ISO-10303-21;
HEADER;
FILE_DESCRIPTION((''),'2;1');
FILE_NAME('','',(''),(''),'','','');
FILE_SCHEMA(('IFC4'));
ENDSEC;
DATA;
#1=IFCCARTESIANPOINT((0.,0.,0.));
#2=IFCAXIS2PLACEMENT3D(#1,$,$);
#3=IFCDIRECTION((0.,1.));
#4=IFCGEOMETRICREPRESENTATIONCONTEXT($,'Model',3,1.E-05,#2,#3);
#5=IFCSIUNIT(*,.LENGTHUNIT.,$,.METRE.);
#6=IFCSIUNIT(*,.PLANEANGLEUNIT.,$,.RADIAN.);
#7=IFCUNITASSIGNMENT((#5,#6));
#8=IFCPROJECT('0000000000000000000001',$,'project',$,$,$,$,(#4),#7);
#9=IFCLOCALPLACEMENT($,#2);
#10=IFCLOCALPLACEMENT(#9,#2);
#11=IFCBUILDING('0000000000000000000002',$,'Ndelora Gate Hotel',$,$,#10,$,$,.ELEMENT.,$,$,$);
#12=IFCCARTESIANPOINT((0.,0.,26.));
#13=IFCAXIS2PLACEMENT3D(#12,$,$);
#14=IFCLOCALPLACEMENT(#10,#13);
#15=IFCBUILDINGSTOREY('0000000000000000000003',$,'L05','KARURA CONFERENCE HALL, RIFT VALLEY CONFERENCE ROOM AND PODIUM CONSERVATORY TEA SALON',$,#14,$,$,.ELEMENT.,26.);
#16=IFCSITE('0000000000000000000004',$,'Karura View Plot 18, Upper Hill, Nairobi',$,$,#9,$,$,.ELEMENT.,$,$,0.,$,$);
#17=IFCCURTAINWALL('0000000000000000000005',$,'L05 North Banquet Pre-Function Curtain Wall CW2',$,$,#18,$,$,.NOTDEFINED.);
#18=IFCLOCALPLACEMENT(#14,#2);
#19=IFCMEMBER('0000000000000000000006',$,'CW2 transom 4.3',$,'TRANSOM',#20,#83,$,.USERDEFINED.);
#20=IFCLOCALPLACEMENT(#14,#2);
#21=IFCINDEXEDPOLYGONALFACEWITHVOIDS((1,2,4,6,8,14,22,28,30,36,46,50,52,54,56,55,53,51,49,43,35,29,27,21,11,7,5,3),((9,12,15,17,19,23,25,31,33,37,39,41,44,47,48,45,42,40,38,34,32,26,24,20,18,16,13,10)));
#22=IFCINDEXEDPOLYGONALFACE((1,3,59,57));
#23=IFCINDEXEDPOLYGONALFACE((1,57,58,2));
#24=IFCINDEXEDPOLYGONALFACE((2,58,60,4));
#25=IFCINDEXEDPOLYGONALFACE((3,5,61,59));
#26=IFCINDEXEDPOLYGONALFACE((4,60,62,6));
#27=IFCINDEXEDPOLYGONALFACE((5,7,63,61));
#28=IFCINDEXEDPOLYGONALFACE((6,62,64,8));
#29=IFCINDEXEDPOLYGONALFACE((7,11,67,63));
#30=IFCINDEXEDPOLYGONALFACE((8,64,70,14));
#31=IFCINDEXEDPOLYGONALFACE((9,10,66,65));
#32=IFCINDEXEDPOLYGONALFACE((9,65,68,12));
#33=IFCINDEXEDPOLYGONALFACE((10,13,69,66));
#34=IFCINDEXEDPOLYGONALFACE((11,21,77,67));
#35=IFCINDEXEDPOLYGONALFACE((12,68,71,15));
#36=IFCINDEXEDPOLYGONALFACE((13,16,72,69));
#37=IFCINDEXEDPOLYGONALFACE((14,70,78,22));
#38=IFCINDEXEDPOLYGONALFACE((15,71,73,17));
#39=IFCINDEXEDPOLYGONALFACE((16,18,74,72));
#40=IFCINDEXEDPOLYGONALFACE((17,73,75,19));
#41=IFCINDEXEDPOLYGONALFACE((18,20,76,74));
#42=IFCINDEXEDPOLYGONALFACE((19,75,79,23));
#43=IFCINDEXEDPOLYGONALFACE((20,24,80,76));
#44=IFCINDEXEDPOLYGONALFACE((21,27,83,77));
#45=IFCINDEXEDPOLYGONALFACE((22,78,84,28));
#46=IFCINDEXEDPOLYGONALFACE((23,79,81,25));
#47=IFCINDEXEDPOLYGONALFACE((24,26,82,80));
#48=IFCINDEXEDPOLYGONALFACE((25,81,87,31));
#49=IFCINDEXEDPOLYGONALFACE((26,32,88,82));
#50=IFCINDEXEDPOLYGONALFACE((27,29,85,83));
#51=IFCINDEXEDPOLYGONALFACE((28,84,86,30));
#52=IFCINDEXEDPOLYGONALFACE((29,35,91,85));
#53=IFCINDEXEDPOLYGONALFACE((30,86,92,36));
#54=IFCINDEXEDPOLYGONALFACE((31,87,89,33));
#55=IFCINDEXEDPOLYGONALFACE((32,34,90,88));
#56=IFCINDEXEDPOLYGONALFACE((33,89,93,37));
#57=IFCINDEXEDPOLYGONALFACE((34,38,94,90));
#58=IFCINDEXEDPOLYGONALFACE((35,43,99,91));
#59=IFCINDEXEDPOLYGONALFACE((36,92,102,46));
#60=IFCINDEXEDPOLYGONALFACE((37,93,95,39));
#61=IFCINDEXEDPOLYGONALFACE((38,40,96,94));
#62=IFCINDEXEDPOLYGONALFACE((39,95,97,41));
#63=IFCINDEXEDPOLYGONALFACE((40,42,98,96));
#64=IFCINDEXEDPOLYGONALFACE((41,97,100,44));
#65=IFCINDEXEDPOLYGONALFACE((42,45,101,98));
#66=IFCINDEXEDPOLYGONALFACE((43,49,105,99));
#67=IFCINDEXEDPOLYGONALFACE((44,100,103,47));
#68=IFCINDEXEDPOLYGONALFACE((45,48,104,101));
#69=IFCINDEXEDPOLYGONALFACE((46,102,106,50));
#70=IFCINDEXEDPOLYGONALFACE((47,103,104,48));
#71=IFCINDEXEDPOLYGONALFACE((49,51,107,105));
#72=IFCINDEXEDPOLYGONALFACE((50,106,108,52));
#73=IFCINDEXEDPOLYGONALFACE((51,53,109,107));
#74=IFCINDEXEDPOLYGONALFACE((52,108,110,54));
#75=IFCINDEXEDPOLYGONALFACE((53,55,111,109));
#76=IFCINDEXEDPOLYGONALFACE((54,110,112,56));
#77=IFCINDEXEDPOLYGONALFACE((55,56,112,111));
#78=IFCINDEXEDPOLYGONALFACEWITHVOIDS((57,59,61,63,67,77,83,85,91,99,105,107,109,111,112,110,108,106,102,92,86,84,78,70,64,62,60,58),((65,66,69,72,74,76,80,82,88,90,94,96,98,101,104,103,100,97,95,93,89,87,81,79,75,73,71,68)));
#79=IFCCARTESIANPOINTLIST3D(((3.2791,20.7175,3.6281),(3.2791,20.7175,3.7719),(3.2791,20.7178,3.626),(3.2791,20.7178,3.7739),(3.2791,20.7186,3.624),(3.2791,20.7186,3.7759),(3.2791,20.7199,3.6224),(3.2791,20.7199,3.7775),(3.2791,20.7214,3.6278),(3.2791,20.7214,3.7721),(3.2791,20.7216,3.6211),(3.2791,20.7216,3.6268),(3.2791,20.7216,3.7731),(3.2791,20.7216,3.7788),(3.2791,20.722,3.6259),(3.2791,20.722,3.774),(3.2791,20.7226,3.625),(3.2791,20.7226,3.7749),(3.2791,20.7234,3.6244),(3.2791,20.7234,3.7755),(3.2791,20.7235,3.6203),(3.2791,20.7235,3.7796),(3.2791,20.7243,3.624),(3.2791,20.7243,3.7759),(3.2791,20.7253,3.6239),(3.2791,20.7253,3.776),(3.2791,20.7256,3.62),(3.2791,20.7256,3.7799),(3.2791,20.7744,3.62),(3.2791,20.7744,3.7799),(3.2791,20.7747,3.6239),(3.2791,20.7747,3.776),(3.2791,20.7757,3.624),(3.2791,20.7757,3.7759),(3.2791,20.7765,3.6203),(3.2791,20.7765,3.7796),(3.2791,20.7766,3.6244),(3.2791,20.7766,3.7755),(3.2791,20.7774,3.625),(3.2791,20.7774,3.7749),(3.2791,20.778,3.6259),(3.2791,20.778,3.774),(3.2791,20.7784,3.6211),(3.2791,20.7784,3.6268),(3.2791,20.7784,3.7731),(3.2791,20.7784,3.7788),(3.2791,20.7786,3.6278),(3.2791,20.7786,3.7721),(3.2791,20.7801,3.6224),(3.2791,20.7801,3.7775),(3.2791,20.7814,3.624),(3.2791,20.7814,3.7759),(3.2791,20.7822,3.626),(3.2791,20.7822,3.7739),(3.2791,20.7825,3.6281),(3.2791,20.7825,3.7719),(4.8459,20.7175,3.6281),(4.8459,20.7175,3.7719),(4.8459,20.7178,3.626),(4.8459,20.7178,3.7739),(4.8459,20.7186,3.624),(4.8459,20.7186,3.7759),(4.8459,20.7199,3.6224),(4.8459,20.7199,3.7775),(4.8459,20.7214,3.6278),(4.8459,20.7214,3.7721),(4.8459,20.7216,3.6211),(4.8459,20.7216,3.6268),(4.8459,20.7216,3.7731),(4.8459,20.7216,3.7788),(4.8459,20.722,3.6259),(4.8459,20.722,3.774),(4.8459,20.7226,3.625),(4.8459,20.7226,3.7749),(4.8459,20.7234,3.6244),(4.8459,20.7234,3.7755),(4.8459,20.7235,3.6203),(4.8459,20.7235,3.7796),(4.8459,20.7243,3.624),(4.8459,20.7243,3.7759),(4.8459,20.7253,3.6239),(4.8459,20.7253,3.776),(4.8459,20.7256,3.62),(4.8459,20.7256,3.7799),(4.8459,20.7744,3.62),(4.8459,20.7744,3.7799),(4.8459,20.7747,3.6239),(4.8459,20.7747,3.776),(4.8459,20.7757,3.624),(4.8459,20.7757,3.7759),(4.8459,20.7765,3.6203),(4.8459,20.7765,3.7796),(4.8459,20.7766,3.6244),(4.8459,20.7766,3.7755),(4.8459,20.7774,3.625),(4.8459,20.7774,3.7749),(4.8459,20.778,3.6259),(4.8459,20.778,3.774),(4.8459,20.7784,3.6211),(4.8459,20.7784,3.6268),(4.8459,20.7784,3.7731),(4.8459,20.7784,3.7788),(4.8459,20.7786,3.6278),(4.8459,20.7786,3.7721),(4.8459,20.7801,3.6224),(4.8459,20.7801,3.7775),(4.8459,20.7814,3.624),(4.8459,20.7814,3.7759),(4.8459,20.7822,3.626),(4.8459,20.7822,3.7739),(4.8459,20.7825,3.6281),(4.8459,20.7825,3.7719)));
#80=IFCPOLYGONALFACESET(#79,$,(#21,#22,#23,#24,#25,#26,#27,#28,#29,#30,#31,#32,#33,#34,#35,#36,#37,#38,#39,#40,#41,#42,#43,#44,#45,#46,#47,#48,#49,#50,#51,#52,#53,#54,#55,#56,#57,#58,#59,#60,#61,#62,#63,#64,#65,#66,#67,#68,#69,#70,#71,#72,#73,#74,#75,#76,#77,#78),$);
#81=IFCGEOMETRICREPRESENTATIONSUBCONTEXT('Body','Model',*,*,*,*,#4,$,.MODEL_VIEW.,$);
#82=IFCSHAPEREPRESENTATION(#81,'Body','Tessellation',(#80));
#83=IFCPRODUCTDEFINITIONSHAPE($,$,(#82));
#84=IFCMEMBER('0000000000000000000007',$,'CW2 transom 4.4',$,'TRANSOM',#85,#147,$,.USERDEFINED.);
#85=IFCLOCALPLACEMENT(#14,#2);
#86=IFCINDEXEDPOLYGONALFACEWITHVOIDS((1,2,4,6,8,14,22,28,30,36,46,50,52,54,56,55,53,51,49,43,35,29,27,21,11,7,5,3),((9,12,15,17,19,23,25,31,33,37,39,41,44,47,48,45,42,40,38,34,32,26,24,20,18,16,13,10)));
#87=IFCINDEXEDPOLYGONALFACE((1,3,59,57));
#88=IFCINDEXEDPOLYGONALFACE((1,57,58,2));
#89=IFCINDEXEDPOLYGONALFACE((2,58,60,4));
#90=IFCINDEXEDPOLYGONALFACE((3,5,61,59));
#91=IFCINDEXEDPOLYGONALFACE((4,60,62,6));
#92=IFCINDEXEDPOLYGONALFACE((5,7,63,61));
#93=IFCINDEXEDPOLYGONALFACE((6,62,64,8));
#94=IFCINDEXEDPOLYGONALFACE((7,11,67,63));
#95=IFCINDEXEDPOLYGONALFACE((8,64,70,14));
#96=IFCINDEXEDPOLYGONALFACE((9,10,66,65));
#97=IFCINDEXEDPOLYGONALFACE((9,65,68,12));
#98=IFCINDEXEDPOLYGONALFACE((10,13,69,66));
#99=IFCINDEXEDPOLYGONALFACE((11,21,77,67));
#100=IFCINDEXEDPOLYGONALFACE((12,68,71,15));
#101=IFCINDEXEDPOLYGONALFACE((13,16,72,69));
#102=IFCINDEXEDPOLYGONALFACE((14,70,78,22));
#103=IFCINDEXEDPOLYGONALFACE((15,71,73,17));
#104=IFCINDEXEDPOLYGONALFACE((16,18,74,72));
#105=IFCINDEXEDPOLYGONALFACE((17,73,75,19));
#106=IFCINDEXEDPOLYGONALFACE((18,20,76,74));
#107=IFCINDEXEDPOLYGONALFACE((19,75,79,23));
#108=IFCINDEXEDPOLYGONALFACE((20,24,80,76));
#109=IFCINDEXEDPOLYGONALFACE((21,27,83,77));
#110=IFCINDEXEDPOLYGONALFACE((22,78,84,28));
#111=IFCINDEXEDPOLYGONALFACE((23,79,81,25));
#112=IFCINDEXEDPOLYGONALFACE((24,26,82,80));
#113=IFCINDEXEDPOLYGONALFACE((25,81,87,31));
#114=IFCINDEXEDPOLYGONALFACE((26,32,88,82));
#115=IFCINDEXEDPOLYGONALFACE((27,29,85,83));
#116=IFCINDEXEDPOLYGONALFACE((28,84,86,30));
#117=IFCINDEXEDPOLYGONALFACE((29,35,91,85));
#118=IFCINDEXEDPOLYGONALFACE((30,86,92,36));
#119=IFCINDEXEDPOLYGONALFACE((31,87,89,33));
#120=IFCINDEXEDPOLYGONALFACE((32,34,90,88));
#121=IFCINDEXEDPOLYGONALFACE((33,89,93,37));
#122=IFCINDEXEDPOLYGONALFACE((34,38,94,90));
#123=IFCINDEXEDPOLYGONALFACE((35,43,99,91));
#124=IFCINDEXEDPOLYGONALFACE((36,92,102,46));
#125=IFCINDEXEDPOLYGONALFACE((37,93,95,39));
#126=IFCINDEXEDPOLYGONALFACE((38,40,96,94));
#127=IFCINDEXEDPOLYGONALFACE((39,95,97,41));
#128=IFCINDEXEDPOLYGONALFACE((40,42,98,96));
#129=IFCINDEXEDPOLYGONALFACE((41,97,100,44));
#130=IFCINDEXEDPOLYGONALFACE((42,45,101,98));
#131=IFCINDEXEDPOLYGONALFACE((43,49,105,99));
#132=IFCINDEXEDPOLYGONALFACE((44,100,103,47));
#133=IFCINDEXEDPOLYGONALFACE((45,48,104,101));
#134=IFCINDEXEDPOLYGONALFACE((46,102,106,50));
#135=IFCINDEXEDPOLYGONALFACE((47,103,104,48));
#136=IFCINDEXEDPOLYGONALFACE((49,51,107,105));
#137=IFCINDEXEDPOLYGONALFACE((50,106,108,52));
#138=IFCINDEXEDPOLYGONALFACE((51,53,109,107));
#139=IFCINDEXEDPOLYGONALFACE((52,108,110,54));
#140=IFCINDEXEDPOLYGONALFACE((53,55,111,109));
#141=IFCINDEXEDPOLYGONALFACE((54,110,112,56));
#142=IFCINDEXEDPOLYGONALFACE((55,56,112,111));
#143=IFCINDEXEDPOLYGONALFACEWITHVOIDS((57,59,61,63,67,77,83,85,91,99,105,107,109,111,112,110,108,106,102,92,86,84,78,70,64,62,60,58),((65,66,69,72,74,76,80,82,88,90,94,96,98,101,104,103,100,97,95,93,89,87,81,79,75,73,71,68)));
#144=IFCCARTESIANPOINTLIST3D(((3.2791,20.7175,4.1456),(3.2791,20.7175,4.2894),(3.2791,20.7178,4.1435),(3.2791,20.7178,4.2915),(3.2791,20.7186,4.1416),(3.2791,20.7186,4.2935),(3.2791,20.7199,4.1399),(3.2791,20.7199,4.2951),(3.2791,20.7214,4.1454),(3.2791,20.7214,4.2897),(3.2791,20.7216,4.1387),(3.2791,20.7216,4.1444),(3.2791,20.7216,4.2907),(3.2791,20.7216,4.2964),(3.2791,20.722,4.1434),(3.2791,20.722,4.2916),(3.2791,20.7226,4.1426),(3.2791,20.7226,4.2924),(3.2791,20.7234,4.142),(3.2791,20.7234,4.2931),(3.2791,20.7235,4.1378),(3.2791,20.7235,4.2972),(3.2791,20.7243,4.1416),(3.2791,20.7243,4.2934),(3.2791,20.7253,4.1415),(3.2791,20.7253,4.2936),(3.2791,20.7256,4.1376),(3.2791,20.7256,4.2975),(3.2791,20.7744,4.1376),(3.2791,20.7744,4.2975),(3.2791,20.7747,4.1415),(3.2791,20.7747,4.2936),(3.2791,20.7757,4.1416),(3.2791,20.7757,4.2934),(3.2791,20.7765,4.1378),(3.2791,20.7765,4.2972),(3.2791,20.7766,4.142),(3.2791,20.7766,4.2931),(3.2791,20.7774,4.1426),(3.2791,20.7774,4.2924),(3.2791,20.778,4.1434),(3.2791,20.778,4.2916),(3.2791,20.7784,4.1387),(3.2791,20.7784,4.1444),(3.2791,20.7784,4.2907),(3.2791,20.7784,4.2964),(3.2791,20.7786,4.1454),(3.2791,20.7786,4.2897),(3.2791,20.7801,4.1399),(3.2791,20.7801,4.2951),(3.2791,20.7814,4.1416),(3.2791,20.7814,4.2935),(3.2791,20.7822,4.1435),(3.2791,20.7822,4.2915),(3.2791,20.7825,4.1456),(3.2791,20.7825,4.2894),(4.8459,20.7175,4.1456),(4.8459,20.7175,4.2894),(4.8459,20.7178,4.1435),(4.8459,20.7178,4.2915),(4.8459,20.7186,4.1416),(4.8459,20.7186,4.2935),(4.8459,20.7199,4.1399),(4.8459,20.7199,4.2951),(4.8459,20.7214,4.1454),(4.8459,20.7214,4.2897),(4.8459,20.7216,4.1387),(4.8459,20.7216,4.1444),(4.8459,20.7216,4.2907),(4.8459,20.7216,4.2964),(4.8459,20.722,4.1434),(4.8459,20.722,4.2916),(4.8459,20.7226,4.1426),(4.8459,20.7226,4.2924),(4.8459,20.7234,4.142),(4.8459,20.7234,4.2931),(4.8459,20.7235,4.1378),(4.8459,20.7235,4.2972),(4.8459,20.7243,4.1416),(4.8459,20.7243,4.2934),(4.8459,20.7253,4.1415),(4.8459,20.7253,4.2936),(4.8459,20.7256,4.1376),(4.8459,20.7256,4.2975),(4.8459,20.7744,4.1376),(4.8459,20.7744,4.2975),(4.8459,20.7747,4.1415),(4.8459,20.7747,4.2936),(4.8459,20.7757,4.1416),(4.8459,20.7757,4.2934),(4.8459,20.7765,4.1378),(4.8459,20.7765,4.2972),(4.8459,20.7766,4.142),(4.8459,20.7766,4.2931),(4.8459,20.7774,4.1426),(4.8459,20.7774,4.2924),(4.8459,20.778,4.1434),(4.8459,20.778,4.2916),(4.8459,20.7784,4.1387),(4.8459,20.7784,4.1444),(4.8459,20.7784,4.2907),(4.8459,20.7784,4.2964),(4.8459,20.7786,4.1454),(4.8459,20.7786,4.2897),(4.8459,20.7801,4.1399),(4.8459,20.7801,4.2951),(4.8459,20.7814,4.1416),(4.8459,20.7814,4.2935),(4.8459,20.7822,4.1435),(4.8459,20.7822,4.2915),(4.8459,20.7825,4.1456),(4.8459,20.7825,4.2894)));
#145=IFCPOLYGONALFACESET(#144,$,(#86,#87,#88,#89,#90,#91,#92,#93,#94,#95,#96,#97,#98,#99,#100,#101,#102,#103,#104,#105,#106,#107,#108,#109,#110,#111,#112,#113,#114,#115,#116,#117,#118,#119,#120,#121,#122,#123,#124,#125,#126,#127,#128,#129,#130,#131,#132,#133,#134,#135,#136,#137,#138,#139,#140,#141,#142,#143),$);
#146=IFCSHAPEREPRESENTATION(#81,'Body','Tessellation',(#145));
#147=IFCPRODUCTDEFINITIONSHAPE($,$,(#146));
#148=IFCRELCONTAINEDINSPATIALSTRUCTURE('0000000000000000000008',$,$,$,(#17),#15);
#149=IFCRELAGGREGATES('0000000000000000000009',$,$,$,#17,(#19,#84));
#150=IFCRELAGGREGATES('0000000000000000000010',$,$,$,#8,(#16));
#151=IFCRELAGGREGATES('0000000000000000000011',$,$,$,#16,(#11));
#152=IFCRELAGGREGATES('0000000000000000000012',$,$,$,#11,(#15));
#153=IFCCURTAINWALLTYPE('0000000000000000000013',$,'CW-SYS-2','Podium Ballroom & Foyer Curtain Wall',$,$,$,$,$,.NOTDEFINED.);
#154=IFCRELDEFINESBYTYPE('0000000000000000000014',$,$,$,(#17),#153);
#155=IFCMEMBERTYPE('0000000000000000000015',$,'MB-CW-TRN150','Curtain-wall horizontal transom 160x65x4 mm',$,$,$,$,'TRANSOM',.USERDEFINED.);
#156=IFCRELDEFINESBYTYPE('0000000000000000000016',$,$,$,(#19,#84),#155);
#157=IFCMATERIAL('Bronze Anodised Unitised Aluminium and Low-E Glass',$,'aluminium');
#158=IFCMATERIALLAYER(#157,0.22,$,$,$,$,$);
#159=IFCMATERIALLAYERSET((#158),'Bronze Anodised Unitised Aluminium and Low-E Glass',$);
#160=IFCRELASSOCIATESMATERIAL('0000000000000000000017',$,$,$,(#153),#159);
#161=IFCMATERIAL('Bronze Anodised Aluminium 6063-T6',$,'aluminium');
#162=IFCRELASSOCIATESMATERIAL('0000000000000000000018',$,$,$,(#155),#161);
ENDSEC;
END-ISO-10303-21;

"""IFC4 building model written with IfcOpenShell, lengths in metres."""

from ifc_helpers import new_model, si_unit, direction, frame, origin, origin_2d, place, context, subcontext, project, spatial, hollow_rectangle, extrude, material, layer, layer_set, material_profile, profile_set, type_object, element, aggregate, save


model = new_model("IFC4")

# Units and contexts
model_context = context("Model", 3, precision=1e-05, world=origin(), true_north=direction((0.0, 1.0)))
body_context = subcontext(model_context, "Body", "Model", "MODEL_VIEW")
ifc_project = project(units=[si_unit("LENGTHUNIT", "METRE"), si_unit("PLANEANGLEUNIT", "RADIAN")], contexts=[model_context])

# Site, building, storey
site_placement = place(None, origin())
site = spatial("IfcSite", under=ifc_project, at=site_placement, Name="Karura View Plot 18, Upper Hill, Nairobi", CompositionType="ELEMENT", RefElevation=0.0)
building_placement = place(site_placement, origin())
building = spatial("IfcBuilding", under=site, at=building_placement, Name="Ndelora Gate Hotel", CompositionType="ELEMENT")
storey_placement = place(building_placement, frame((0.0, 0.0, 26.0)))
storey = spatial("IfcBuildingStorey", under=building, at=storey_placement, Name="L05", Description="KARURA CONFERENCE HALL, RIFT VALLEY CONFERENCE ROOM AND PODIUM CONSERVATORY TEA SALON", CompositionType="ELEMENT", Elevation=26.0)

# Curtain wall, members
ifc_material_1 = material(Name="Bronze Anodised Unitised Aluminium and Low-E Glass", Category="aluminium")
ifc_layer_1 = layer(ifc_material_1, 0.22)
ifc_layer_set_1 = layer_set([ifc_layer_1], Name="Bronze Anodised Unitised Aluminium and Low-E Glass")
curtain_wall_type = type_object("IfcCurtainWallType", Name="CW-SYS-2", Description="Podium Ballroom & Foyer Curtain Wall", PredefinedType="NOTDEFINED", material=ifc_layer_set_1)
curtain_wall_placement = place(storey_placement, origin())
curtain_wall = element("IfcCurtainWall", 1, at=curtain_wall_placement, inside=storey, type_object=curtain_wall_type, Name="L05 North Banquet Pre-Function Curtain Wall CW2", PredefinedType="NOTDEFINED")
ifc_material_2 = material(Name="Bronze Anodised Aluminium 6063-T6", Category="aluminium")
ifc_material_profile_1 = material_profile(ifc_material_2, hollow_rectangle(XDim=0.0649, YDim=0.1599, WallThickness=0.0039, InnerFilletRadius=0.0039, OuterFilletRadius=0.0081, at=origin_2d()), Name="ALU 160x65x4")
ifc_profile_set_1 = profile_set([ifc_material_profile_1], Name="Bronze Anodised Aluminium 6063-T6")
member_type_1 = type_object("IfcMemberType", Name="MB-CW-TRN150", Description="Curtain-wall horizontal transom 160x65x4 mm", ElementType="TRANSOM", PredefinedType="USERDEFINED", material=ifc_profile_set_1)
member_1_placement = place(storey_placement, frame((4.8459, 20.75, 3.7), z_axis=(-1.0, 0.0, 0.0), x_axis=(0.0, -1.0, 0.0)))
member_1 = element("IfcMember", 2, at=member_1_placement, type_object=member_type_1, Name="CW2 transom 4.3", ObjectType="TRANSOM", PredefinedType="USERDEFINED", context=body_context, shape_type="SweptSolid", body=[
    extrude(hollow_rectangle(XDim=0.0649, YDim=0.1599, WallThickness=0.0039, InnerFilletRadius=0.0039, OuterFilletRadius=0.0081, at=origin_2d()), origin(), (0.0, 0.0, 1.0), 1.5669),
])
member_2_placement = place(storey_placement, frame((4.8459, 20.75, 4.2175), z_axis=(-1.0, 0.0, 0.0), x_axis=(0.0, -1.0, 0.0)))
member_2 = element("IfcMember", 3, at=member_2_placement, type_object=member_type_1, Name="CW2 transom 4.4", ObjectType="TRANSOM", PredefinedType="USERDEFINED", context=body_context, shape_type="SweptSolid", body=[
    extrude(hollow_rectangle(XDim=0.0649, YDim=0.1599, WallThickness=0.0039, InnerFilletRadius=0.0039, OuterFilletRadius=0.0081, at=origin_2d()), origin(), (0.0, 0.0, 1.0), 1.5669),
])
aggregate(curtain_wall, [member_1, member_2])

save(model, "model.ifc")
